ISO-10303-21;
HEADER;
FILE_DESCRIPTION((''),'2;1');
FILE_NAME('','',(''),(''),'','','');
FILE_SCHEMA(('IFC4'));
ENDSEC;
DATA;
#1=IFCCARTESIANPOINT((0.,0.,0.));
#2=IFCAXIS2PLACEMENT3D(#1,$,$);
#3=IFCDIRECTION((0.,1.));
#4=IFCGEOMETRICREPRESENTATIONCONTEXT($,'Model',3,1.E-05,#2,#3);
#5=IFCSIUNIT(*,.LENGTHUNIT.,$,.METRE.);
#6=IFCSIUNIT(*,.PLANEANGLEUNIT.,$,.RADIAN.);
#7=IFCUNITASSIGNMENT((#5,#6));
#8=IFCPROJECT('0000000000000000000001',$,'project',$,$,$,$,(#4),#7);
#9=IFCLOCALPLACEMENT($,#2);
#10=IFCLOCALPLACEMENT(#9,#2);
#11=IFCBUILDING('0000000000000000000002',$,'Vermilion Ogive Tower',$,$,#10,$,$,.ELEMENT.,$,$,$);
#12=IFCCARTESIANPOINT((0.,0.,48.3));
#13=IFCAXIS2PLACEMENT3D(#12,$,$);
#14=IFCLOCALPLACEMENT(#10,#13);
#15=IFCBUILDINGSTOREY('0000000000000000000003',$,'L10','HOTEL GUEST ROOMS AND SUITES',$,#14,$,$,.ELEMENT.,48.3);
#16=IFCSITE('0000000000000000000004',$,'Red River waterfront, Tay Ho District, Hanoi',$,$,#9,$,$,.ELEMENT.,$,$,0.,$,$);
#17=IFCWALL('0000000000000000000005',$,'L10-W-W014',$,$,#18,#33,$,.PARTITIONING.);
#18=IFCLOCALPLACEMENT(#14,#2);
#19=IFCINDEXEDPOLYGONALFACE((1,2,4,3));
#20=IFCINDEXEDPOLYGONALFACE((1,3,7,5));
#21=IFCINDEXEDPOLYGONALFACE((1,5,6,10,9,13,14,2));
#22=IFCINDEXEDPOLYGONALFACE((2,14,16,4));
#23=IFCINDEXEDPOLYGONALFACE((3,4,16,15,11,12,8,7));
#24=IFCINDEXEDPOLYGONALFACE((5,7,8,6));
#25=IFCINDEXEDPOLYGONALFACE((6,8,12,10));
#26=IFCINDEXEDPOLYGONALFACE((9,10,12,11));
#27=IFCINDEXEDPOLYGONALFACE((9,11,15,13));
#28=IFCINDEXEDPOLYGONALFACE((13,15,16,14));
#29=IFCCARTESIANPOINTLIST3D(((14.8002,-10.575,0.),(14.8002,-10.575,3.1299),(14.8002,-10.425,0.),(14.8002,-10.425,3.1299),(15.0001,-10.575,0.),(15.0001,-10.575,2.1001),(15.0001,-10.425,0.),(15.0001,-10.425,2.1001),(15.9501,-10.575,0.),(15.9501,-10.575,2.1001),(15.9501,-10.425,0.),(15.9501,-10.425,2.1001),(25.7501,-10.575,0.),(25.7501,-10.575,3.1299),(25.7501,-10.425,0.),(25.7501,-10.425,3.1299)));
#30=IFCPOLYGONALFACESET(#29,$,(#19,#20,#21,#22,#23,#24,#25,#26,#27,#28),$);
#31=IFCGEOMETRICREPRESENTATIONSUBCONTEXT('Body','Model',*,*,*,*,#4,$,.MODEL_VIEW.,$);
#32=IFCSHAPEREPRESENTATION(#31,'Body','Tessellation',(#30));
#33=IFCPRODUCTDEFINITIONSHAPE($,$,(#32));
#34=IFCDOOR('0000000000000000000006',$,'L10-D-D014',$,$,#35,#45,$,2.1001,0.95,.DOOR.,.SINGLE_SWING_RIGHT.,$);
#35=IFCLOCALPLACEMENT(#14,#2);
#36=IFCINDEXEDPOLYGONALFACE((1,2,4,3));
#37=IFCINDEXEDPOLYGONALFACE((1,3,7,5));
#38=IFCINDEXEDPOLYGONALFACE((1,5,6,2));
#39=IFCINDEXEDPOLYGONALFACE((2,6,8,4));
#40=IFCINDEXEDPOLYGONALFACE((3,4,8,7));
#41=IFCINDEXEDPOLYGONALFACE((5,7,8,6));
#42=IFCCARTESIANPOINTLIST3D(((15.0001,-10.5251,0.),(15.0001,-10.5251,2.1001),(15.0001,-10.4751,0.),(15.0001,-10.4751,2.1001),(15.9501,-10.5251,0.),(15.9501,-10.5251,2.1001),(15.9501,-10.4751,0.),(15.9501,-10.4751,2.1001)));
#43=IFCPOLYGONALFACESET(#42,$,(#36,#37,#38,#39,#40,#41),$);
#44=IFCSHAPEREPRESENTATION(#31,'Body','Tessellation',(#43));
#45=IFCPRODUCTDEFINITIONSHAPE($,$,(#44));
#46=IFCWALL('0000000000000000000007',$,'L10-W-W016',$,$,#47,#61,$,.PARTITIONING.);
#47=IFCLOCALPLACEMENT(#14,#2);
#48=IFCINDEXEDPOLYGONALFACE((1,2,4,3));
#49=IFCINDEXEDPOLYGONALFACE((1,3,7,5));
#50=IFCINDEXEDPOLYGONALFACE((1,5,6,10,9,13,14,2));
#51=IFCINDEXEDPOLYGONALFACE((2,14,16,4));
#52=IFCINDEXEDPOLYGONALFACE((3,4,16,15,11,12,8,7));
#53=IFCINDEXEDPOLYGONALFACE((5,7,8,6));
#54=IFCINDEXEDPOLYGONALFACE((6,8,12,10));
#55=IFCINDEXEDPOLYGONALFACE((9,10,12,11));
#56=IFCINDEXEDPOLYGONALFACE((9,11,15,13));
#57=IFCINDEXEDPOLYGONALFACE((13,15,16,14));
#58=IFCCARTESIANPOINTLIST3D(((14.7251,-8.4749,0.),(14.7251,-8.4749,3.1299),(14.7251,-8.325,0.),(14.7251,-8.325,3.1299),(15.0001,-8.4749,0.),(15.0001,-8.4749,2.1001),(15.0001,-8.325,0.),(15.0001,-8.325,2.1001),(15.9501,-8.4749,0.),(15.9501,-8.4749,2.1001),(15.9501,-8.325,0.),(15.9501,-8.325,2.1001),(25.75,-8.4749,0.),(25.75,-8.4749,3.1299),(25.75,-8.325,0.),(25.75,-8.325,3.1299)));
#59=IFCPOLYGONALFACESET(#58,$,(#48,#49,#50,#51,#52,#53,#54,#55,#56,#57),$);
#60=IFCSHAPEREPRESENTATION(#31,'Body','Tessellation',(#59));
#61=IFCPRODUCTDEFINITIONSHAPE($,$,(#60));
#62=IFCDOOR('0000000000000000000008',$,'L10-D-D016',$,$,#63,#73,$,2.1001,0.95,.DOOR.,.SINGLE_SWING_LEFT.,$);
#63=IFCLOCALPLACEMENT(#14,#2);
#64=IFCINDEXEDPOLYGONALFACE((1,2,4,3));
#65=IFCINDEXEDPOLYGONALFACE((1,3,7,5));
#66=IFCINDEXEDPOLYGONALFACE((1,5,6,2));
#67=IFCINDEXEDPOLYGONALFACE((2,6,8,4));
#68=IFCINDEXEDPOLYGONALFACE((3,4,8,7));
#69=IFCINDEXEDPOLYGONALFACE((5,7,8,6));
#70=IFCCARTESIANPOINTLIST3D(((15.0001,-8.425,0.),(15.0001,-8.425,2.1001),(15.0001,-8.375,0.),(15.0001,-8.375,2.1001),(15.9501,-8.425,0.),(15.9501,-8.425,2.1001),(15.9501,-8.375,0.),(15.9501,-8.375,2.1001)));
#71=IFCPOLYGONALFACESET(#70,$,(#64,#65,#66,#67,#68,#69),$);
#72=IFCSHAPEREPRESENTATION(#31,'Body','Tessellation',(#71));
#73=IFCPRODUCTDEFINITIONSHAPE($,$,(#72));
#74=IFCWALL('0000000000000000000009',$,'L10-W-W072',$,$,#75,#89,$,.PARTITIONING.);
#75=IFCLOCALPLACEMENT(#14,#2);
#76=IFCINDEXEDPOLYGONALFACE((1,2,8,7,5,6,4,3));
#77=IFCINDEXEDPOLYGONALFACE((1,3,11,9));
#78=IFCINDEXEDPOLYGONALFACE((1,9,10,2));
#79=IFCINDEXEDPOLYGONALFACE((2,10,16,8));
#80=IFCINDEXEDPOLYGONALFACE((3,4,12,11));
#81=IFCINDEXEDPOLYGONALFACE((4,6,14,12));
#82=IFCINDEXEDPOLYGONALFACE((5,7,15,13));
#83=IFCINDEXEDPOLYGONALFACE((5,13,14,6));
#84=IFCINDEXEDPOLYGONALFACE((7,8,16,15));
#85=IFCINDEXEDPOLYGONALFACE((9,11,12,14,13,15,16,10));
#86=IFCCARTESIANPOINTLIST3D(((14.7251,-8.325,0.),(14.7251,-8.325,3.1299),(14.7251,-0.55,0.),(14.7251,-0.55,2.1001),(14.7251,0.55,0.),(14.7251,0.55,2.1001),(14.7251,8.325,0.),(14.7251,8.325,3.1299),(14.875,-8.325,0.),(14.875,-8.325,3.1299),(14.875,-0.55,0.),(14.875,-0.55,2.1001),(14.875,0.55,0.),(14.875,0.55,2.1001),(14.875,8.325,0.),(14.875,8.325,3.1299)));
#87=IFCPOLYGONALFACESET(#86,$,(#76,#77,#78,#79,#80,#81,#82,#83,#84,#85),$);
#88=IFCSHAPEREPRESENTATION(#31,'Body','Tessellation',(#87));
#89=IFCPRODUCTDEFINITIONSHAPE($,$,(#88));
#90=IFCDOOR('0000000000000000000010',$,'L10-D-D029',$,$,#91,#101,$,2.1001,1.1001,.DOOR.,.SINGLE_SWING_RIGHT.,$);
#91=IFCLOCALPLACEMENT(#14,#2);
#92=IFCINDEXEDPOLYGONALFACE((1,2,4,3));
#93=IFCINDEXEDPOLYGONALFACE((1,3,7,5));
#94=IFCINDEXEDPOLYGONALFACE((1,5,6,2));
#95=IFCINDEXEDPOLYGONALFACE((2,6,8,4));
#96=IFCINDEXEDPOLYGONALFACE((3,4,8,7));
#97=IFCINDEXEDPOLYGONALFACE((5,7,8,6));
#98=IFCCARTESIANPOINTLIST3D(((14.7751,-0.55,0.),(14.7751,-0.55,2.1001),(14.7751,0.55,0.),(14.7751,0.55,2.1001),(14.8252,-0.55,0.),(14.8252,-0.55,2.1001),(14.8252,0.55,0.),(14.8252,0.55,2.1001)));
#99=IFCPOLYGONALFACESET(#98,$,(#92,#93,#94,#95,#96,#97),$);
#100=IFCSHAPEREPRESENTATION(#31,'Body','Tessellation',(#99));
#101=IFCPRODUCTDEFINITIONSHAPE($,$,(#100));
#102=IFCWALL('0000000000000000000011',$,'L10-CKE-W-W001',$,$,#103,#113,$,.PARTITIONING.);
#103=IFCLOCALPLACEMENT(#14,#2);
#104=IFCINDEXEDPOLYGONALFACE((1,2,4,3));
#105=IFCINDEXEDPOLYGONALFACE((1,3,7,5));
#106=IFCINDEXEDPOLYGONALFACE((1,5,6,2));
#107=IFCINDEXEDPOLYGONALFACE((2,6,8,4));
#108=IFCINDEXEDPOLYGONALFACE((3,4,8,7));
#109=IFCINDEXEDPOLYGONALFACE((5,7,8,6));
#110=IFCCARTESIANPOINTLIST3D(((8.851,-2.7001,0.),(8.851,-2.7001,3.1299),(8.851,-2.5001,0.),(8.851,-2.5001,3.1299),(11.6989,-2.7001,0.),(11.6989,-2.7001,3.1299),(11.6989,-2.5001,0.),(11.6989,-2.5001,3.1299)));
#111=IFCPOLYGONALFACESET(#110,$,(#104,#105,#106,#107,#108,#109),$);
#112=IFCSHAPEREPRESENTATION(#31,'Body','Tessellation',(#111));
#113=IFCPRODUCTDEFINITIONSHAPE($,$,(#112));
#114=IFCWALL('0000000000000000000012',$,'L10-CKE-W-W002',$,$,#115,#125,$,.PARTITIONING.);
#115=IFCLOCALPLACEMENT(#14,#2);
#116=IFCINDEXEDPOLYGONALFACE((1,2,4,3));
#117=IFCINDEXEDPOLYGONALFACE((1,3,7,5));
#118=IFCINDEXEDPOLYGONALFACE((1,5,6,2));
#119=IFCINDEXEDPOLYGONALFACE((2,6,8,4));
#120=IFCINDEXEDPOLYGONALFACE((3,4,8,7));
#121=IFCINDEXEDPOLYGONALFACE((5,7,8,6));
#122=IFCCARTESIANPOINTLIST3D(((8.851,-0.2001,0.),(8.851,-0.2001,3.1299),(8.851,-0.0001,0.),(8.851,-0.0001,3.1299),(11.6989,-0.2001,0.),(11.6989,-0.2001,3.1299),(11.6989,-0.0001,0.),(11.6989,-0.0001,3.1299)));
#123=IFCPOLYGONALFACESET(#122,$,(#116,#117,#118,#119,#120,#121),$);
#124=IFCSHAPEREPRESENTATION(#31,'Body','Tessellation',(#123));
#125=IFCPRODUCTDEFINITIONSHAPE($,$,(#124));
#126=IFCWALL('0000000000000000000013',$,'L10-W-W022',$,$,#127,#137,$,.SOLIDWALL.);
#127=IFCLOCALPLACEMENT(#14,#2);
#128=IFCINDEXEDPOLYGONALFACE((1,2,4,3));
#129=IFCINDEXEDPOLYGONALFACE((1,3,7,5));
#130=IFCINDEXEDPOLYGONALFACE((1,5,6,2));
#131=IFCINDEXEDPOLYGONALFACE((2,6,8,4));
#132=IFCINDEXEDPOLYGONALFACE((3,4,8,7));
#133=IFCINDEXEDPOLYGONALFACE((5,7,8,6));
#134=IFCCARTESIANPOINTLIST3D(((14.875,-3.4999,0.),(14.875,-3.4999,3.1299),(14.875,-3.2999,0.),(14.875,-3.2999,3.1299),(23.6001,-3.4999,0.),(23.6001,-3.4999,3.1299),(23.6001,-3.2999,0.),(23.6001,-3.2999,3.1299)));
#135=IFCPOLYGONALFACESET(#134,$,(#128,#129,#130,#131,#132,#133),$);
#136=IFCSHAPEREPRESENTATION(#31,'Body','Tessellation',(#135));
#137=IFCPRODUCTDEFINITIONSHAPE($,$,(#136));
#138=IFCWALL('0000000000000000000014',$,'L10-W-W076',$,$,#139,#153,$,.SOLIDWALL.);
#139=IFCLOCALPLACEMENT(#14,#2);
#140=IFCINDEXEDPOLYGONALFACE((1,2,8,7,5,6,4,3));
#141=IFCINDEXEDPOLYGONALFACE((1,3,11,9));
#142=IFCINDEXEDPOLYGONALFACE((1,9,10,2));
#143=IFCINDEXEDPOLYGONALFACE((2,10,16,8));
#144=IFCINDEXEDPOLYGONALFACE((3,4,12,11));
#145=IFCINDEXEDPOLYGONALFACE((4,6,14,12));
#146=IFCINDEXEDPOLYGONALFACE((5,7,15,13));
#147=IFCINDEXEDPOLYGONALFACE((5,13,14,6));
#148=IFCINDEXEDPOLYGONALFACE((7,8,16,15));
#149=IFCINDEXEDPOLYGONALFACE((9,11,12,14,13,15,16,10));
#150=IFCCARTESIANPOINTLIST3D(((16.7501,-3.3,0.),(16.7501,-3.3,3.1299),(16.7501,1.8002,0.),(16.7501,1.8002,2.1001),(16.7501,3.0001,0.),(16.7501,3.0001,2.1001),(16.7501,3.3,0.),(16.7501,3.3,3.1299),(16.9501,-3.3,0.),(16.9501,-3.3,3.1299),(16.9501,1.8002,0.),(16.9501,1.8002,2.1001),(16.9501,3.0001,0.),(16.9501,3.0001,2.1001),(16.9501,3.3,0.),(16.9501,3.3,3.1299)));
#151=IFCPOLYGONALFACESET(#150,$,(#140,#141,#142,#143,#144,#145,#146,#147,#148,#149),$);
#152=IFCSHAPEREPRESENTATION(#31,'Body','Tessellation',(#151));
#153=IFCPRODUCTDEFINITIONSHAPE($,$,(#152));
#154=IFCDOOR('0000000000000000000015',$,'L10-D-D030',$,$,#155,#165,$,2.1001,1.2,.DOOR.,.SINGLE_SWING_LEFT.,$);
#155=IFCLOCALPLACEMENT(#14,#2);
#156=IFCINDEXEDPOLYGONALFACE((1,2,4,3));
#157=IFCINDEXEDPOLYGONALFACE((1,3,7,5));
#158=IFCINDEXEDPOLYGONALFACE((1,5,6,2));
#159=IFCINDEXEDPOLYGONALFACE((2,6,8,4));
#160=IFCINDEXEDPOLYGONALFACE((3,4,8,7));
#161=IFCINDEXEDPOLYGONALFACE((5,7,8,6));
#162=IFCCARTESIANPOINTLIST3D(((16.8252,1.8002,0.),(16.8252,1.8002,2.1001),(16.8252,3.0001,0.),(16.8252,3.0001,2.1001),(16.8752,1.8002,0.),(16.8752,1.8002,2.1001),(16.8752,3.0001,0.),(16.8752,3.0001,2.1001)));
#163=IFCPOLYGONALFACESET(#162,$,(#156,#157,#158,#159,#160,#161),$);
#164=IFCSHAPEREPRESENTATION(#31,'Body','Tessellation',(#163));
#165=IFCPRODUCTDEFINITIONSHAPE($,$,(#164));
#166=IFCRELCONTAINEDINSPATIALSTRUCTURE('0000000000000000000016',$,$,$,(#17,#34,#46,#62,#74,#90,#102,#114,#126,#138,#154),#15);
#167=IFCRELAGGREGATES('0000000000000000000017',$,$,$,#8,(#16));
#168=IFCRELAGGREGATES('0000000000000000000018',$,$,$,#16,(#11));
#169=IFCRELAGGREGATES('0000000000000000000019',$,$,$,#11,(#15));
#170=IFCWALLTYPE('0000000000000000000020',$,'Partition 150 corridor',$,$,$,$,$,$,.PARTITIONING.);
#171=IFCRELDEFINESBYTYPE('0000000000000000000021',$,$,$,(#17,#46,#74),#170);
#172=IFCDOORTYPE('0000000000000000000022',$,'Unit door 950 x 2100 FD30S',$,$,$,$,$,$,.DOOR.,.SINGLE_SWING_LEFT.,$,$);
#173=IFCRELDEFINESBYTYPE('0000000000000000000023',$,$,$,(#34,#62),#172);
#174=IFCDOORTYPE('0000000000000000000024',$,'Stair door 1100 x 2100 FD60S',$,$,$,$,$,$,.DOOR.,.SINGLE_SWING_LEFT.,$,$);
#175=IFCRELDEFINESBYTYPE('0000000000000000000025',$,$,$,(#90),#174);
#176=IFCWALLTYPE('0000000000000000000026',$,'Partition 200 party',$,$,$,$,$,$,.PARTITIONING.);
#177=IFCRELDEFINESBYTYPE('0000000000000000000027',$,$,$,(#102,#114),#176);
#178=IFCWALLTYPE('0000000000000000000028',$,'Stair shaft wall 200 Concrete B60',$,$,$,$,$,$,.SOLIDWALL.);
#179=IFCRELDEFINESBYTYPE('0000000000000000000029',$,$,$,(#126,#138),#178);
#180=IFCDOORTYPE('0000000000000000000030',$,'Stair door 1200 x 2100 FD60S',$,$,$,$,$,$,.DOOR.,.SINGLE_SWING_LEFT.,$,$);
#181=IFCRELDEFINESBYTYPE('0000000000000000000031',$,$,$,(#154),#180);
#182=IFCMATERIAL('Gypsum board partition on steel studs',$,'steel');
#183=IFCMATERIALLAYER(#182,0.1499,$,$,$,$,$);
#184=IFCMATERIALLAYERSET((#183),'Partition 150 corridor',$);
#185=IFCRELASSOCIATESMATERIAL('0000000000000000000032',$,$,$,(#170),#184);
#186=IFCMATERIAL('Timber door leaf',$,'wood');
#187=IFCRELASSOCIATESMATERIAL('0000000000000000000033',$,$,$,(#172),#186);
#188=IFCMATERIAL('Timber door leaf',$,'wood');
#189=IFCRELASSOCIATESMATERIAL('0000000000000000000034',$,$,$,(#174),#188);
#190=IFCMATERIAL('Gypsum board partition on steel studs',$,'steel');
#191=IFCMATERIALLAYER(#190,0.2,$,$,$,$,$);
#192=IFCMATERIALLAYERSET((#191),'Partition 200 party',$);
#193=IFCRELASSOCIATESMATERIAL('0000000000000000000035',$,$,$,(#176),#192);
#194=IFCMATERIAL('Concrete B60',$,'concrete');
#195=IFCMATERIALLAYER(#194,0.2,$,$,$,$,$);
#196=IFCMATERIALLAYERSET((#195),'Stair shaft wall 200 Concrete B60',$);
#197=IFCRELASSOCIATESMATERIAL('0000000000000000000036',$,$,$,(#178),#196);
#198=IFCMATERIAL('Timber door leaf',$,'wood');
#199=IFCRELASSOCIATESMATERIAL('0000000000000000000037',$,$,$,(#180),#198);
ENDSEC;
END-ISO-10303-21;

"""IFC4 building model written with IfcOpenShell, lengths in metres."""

from ifc_helpers import new_model, si_unit, direction, frame, frame_2d, origin, place, context, subcontext, project, spatial, rectangle, extrude, material, layer, layer_set, type_object, element, fill, save


model = new_model("IFC4")

# Units and contexts
model_context = context("Model", 3, precision=1e-05, world=origin(), true_north=direction((0.0, 1.0)))
body_context = subcontext(model_context, "Body", "Model", "MODEL_VIEW")
ifc_project = project(units=[si_unit("LENGTHUNIT", "METRE"), si_unit("PLANEANGLEUNIT", "RADIAN")], contexts=[model_context])

# Site, building, storey
site_placement = place(None, origin())
site = spatial("IfcSite", under=ifc_project, at=site_placement, Name="Red River waterfront, Tay Ho District, Hanoi", CompositionType="ELEMENT", RefElevation=0.0)
building_placement = place(site_placement, origin())
building = spatial("IfcBuilding", under=site, at=building_placement, Name="Vermilion Ogive Tower", CompositionType="ELEMENT")
storey_placement = place(building_placement, frame((0.0, 0.0, 48.3)))
storey = spatial("IfcBuildingStorey", under=building, at=storey_placement, Name="L10", Description="HOTEL GUEST ROOMS AND SUITES", CompositionType="ELEMENT", Elevation=48.3)

# Walls, openings, doors
ifc_material_1 = material(Name="Gypsum board partition on steel studs", Category="steel")
ifc_layer_1 = layer(ifc_material_1, 0.1499)
ifc_layer_set_1 = layer_set([ifc_layer_1], Name="Partition 150 corridor")
wall_type_1 = type_object("IfcWallType", Name="Partition 150 corridor", PredefinedType="PARTITIONING", material=ifc_layer_set_1)
wall_1_placement = place(storey_placement, frame((14.8, -10.5, 0.0), z_axis=(0.0, 0.0, 1.0), x_axis=(1.0, 0.0, 0.0)))
wall_1 = element("IfcWall", 1, at=wall_1_placement, inside=storey, type_object=wall_type_1, Name="L10-W-W014", PredefinedType="PARTITIONING", context=body_context, shape_type="SweptSolid", body=[
    extrude(rectangle(XDim=10.95, YDim=0.1499, at=frame_2d((5.4751, 0.0))), origin(), (0.0, 0.0, 1.0), 3.1299),
])
opening_1_placement = place(wall_1_placement, frame((0.2, 0.0, 0.0)))
opening_1 = element("IfcOpeningElement", 2, at=opening_1_placement, cuts=wall_1, PredefinedType="OPENING", context=body_context, shape_type="SweptSolid", body=[
    extrude(rectangle(XDim=0.95, YDim=2.1001, at=frame_2d((0.4751, 1.05))), frame((0.0, 0.085, 0.0), z_axis=(0.0, -1.0, 0.0), x_axis=(1.0, 0.0, 0.0)), (0.0, 0.0, 1.0), 0.1699),
])
ifc_material_2 = material(Name="Timber door leaf", Category="wood")
door_type_1 = type_object("IfcDoorType", Name="Unit door 950 x 2100 FD30S", OperationType="SINGLE_SWING_LEFT", PredefinedType="DOOR", material=ifc_material_2)
door_1_placement = place(opening_1_placement, origin())
door_1 = element("IfcDoor", 3, at=door_1_placement, inside=storey, type_object=door_type_1, Name="L10-D-D014", OperationType="SINGLE_SWING_RIGHT", OverallHeight=2.1001, OverallWidth=0.95, PredefinedType="DOOR", context=body_context, shape_type="SweptSolid", body=[
    extrude(rectangle(XDim=0.95, YDim=2.1001, at=frame_2d((0.4751, 1.05))), frame((0.0, 0.0249, 0.0), z_axis=(0.0, -1.0, 0.0), x_axis=(1.0, 0.0, 0.0)), (0.0, 0.0, 1.0), 0.05),
])
fill(opening_1, door_1)
wall_2_placement = place(storey_placement, frame((14.7251, -8.3999, 0.0), z_axis=(0.0, 0.0, 1.0), x_axis=(1.0, 0.0, 0.0)))
wall_2 = element("IfcWall", 4, at=wall_2_placement, inside=storey, type_object=wall_type_1, Name="L10-W-W016", PredefinedType="PARTITIONING", context=body_context, shape_type="SweptSolid", body=[
    extrude(rectangle(XDim=11.0249, YDim=0.1499, at=frame_2d((5.5125, 0.0))), origin(), (0.0, 0.0, 1.0), 3.1299),
])
opening_2_placement = place(wall_2_placement, frame((0.2749, 0.0, 0.0)))
opening_2 = element("IfcOpeningElement", 5, at=opening_2_placement, cuts=wall_2, PredefinedType="OPENING", context=body_context, shape_type="SweptSolid", body=[
    extrude(rectangle(XDim=0.95, YDim=2.1001, at=frame_2d((0.4751, 1.05))), frame((0.0, 0.085, 0.0), z_axis=(0.0, -1.0, 0.0), x_axis=(1.0, 0.0, 0.0)), (0.0, 0.0, 1.0), 0.1699),
])
door_2_placement = place(opening_2_placement, origin())
door_2 = element("IfcDoor", 6, at=door_2_placement, inside=storey, type_object=door_type_1, Name="L10-D-D016", OperationType="SINGLE_SWING_LEFT", OverallHeight=2.1001, OverallWidth=0.95, PredefinedType="DOOR", context=body_context, shape_type="SweptSolid", body=[
    extrude(rectangle(XDim=0.95, YDim=2.1001, at=frame_2d((0.4751, 1.05))), frame((0.0, 0.0249, 0.0), z_axis=(0.0, -1.0, 0.0), x_axis=(1.0, 0.0, 0.0)), (0.0, 0.0, 1.0), 0.05),
])
fill(opening_2, door_2)
wall_3_placement = place(storey_placement, frame((14.8, -8.325, 0.0), z_axis=(0.0, 0.0, 1.0), x_axis=(0.0, 1.0, 0.0)))
wall_3 = element("IfcWall", 7, at=wall_3_placement, inside=storey, type_object=wall_type_1, Name="L10-W-W072", PredefinedType="PARTITIONING", context=body_context, shape_type="SweptSolid", body=[
    extrude(rectangle(XDim=16.6499, YDim=0.1499, at=frame_2d((8.325, 0.0))), origin(), (0.0, 0.0, 1.0), 3.1299),
])
opening_3_placement = place(wall_3_placement, frame((7.7749, 0.0, 0.0)))
opening_3 = element("IfcOpeningElement", 8, at=opening_3_placement, cuts=wall_3, PredefinedType="OPENING", context=body_context, shape_type="SweptSolid", body=[
    extrude(rectangle(XDim=1.1001, YDim=2.1001, at=frame_2d((0.55, 1.05))), frame((0.0, 0.085, 0.0), z_axis=(0.0, -1.0, 0.0), x_axis=(1.0, 0.0, 0.0)), (0.0, 0.0, 1.0), 0.1699),
])
ifc_material_3 = material(Name="Timber door leaf", Category="wood")
door_type_2 = type_object("IfcDoorType", Name="Stair door 1100 x 2100 FD60S", OperationType="SINGLE_SWING_LEFT", PredefinedType="DOOR", material=ifc_material_3)
door_3_placement = place(opening_3_placement, origin())
door_3 = element("IfcDoor", 9, at=door_3_placement, inside=storey, type_object=door_type_2, Name="L10-D-D029", OperationType="SINGLE_SWING_RIGHT", OverallHeight=2.1001, OverallWidth=1.1001, PredefinedType="DOOR", context=body_context, shape_type="SweptSolid", body=[
    extrude(rectangle(XDim=1.1001, YDim=2.1001, at=frame_2d((0.55, 1.05))), frame((0.0, 0.0249, 0.0), z_axis=(0.0, -1.0, 0.0), x_axis=(1.0, 0.0, 0.0)), (0.0, 0.0, 1.0), 0.05),
])
fill(opening_3, door_3)

# Walls
ifc_material_4 = material(Name="Gypsum board partition on steel studs", Category="steel")
ifc_layer_2 = layer(ifc_material_4, 0.2)
ifc_layer_set_2 = layer_set([ifc_layer_2], Name="Partition 200 party")
wall_type_2 = type_object("IfcWallType", Name="Partition 200 party", PredefinedType="PARTITIONING", material=ifc_layer_set_2)
for number, where, z_axis, x_axis, name in (
    (10, (8.8511, -2.6001, 0.0), (0.0, 0.0, 1.0), (1.0, 0.0, 0.0), "L10-CKE-W-W001"),
    (11, (8.8511, -0.1001, 0.0), (0.0, 0.0, 1.0), (1.0, 0.0, 0.0), "L10-CKE-W-W002"),
):
    element("IfcWall", number, at=place(storey_placement, frame(where, z_axis=z_axis, x_axis=x_axis)), inside=storey, type_object=wall_type_2, Name=name, PredefinedType="PARTITIONING", context=body_context, shape_type="SweptSolid", body=[
        extrude(rectangle(XDim=2.8479, YDim=0.2, at=frame_2d((1.4238, 0.0))), origin(), (0.0, 0.0, 1.0), 3.1299),
    ])
ifc_material_5 = material(Name="Concrete B60", Category="concrete")
ifc_layer_3 = layer(ifc_material_5, 0.2)
ifc_layer_set_3 = layer_set([ifc_layer_3], Name="Stair shaft wall 200 Concrete B60")
wall_type_3 = type_object("IfcWallType", Name="Stair shaft wall 200 Concrete B60", PredefinedType="SOLIDWALL", material=ifc_layer_set_3)
wall_4_placement = place(storey_placement, frame((14.875, -3.3999, 0.0), z_axis=(0.0, 0.0, 1.0), x_axis=(1.0, 0.0, 0.0)))
element("IfcWall", 12, at=wall_4_placement, inside=storey, type_object=wall_type_3, Name="L10-W-W022", PredefinedType="SOLIDWALL", context=body_context, shape_type="SweptSolid", body=[
    extrude(rectangle(XDim=8.7251, YDim=0.2, at=frame_2d((4.3625, 0.0))), origin(), (0.0, 0.0, 1.0), 3.1299),
])

# Wall, opening, door
wall_5_placement = place(storey_placement, frame((16.8501, -3.3, 0.0), z_axis=(0.0, 0.0, 1.0), x_axis=(0.0, 1.0, 0.0)))
wall_5 = element("IfcWall", 13, at=wall_5_placement, inside=storey, type_object=wall_type_3, Name="L10-W-W076", PredefinedType="SOLIDWALL", context=body_context, shape_type="SweptSolid", body=[
    extrude(rectangle(XDim=6.6001, YDim=0.2, at=frame_2d((3.3, 0.0))), origin(), (0.0, 0.0, 1.0), 3.1299),
])
opening_4_placement = place(wall_5_placement, frame((5.1001, 0.0, 0.0)))
opening_4 = element("IfcOpeningElement", 14, at=opening_4_placement, cuts=wall_5, PredefinedType="OPENING", context=body_context, shape_type="SweptSolid", body=[
    extrude(rectangle(XDim=1.2, YDim=2.1001, at=frame_2d((0.6001, 1.05))), frame((0.0, 0.1099, 0.0), z_axis=(0.0, -1.0, 0.0), x_axis=(1.0, 0.0, 0.0)), (0.0, 0.0, 1.0), 0.22),
])
ifc_material_6 = material(Name="Timber door leaf", Category="wood")
door_type_3 = type_object("IfcDoorType", Name="Stair door 1200 x 2100 FD60S", OperationType="SINGLE_SWING_LEFT", PredefinedType="DOOR", material=ifc_material_6)
door_4_placement = place(opening_4_placement, origin())
door_4 = element("IfcDoor", 15, at=door_4_placement, inside=storey, type_object=door_type_3, Name="L10-D-D030", OperationType="SINGLE_SWING_LEFT", OverallHeight=2.1001, OverallWidth=1.2, PredefinedType="DOOR", context=body_context, shape_type="SweptSolid", body=[
    extrude(rectangle(XDim=1.2, YDim=2.1001, at=frame_2d((0.6001, 1.05))), frame((0.0, 0.0249, 0.0), z_axis=(0.0, -1.0, 0.0), x_axis=(1.0, 0.0, 0.0)), (0.0, 0.0, 1.0), 0.05),
])
fill(opening_4, door_4)

save(model, "model.ifc")
